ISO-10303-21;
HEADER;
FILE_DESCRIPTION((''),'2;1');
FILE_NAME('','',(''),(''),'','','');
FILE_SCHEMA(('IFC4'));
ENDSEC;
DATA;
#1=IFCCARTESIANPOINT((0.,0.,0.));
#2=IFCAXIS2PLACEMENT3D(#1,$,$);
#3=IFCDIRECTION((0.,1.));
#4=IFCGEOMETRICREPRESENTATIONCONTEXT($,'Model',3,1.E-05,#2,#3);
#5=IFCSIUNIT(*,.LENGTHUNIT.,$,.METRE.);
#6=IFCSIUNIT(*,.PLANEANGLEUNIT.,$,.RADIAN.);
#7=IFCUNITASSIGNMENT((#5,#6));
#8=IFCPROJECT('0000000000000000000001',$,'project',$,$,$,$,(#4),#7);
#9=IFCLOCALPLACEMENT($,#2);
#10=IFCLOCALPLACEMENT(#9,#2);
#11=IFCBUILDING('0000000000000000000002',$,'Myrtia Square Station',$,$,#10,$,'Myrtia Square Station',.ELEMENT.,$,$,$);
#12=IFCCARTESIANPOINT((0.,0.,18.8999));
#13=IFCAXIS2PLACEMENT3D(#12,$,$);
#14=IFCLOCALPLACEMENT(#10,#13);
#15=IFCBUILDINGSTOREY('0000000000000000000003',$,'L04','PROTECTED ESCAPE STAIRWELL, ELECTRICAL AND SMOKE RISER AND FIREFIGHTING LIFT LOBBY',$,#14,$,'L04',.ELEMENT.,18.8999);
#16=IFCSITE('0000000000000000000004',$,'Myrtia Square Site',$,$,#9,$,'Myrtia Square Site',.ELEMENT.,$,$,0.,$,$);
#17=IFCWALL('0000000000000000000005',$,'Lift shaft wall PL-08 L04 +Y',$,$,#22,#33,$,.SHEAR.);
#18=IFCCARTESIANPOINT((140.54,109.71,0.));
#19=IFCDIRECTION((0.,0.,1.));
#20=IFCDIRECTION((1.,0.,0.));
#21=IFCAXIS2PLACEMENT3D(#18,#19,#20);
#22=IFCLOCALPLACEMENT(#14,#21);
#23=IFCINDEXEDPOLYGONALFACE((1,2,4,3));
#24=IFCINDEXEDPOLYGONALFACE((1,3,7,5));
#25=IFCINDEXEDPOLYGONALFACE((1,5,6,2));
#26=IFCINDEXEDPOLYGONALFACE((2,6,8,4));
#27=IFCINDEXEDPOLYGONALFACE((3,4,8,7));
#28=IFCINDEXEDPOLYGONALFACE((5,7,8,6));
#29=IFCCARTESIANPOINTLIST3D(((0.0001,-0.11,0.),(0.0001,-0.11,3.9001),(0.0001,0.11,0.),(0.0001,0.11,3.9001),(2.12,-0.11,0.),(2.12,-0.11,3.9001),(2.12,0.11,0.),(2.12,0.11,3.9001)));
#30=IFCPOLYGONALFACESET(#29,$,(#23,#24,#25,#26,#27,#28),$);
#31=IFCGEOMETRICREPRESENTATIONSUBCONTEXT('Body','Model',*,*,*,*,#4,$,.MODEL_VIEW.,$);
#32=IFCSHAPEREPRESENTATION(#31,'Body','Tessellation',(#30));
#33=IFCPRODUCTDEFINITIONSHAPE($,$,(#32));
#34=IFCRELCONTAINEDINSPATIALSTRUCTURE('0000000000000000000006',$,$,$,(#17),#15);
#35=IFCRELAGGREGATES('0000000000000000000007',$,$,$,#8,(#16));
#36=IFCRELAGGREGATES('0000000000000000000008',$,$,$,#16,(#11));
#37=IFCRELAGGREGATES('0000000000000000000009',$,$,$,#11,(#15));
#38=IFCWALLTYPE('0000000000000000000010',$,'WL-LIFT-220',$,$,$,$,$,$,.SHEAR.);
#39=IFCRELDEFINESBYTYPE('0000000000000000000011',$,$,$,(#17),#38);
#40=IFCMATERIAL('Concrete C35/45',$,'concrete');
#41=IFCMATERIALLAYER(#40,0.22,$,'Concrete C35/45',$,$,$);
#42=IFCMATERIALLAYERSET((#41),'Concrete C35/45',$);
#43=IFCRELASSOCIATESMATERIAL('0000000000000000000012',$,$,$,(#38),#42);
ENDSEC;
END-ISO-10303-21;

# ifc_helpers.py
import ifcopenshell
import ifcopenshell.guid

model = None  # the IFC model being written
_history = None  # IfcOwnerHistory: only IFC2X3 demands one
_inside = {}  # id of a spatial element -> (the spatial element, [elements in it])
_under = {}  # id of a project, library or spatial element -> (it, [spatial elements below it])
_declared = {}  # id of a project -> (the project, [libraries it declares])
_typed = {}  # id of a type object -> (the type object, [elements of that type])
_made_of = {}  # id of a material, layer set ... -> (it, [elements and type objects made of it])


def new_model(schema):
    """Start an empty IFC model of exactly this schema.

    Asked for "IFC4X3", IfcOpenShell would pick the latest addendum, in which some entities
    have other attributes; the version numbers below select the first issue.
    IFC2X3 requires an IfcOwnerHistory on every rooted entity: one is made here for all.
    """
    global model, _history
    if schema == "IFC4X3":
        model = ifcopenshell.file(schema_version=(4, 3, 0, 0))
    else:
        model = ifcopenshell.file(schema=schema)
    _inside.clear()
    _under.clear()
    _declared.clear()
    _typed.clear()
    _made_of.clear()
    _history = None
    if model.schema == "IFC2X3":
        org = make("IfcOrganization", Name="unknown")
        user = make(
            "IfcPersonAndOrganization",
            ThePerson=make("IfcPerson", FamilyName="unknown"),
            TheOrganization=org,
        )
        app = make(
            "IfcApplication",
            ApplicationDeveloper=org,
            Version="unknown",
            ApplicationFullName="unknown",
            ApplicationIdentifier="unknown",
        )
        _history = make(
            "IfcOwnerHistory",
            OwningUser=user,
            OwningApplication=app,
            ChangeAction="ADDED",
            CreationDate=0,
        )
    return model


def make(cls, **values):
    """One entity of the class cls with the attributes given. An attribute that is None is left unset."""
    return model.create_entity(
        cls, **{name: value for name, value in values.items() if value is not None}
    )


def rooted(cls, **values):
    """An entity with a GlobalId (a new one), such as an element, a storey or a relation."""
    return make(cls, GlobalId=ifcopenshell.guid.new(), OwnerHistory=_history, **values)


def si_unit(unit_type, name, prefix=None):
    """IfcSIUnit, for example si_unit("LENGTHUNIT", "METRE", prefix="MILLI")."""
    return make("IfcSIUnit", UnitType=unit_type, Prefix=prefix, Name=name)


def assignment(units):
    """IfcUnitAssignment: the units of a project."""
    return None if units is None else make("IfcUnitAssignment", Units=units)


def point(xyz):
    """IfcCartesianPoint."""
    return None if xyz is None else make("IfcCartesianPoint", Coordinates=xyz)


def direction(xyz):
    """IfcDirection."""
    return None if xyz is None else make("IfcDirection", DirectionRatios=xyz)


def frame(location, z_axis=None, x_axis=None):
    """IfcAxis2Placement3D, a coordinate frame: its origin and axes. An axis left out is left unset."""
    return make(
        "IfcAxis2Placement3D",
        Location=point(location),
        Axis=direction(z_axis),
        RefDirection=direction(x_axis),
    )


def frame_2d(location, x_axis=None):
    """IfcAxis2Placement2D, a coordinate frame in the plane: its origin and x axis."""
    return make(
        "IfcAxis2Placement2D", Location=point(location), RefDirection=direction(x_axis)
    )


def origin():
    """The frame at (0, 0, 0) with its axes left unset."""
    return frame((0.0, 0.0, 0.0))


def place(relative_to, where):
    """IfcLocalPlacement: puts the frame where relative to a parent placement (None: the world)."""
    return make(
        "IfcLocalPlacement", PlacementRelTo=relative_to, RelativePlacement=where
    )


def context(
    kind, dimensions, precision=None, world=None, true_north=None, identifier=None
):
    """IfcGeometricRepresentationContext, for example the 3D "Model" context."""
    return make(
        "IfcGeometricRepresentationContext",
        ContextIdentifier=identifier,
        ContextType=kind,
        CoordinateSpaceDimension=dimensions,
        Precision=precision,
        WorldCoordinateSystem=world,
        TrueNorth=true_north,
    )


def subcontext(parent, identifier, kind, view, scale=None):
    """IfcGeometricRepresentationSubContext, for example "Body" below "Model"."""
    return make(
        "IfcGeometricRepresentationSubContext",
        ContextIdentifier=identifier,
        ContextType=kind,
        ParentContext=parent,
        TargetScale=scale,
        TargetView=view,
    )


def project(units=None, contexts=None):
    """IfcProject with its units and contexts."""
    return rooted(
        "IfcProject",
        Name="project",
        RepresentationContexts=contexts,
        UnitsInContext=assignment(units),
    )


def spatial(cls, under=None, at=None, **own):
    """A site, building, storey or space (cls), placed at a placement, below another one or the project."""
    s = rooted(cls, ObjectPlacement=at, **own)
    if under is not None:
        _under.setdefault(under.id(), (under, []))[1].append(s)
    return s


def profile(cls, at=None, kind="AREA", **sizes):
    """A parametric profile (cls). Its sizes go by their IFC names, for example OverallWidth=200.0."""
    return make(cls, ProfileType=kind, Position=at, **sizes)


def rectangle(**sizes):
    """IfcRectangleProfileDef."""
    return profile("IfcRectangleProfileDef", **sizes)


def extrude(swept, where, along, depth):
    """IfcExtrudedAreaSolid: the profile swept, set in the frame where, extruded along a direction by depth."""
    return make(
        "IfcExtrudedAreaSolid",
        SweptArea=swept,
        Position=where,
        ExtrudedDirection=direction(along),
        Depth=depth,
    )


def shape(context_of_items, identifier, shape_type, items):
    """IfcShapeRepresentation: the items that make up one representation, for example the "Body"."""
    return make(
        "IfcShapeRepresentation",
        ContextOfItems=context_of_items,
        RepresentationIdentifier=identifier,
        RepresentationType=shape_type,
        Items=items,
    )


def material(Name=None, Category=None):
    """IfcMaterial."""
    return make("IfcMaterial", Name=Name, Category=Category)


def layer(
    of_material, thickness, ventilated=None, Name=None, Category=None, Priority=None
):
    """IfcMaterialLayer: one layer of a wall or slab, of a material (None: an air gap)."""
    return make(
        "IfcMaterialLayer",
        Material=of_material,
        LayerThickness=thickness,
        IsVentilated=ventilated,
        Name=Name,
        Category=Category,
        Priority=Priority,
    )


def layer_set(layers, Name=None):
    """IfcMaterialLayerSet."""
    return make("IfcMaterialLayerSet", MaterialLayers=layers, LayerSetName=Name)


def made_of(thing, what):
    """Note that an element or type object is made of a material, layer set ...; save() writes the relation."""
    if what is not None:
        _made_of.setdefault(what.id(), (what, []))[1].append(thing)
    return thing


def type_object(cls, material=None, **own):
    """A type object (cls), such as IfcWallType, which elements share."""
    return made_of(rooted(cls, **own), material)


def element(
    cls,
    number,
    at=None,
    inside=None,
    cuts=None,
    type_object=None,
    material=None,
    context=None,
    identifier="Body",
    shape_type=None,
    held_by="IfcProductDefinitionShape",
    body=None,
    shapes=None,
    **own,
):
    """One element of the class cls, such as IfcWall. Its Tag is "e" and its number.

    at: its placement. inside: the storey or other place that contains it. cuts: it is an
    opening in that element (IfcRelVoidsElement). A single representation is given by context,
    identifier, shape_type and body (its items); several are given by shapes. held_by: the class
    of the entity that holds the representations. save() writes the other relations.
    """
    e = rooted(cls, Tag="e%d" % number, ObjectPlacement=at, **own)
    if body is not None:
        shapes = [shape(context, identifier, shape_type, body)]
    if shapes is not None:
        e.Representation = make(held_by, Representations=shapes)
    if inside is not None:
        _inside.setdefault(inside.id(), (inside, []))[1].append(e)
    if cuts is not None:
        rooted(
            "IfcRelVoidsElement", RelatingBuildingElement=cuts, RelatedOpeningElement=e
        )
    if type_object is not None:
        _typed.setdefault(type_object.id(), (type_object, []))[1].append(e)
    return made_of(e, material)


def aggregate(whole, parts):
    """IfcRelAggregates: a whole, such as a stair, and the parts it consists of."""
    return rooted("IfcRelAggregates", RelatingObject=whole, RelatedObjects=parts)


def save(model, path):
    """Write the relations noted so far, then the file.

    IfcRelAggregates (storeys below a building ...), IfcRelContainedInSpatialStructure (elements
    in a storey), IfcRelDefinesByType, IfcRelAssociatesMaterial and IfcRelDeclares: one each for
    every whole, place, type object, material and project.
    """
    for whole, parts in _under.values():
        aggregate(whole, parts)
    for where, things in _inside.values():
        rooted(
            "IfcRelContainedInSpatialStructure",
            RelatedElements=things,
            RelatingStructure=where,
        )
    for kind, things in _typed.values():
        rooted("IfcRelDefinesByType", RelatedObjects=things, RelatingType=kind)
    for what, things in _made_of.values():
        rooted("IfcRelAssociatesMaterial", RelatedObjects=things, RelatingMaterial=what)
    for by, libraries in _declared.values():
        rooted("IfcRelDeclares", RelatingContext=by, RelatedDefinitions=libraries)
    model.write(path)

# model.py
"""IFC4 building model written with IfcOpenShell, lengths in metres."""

from ifc_helpers import new_model, si_unit, direction, frame, frame_2d, origin, place, context, subcontext, project, spatial, rectangle, extrude, material, layer, layer_set, type_object, element, save


model = new_model("IFC4")

# Units and contexts
model_context = context("Model", 3, precision=1e-05, world=origin(), true_north=direction((0.0, 1.0)))
body_context = subcontext(model_context, "Body", "Model", "MODEL_VIEW")
ifc_project = project(units=[si_unit("LENGTHUNIT", "METRE"), si_unit("PLANEANGLEUNIT", "RADIAN")], contexts=[model_context])

# Site, building, storey
site_placement = place(None, origin())
site = spatial("IfcSite", under=ifc_project, at=site_placement, Name="Myrtia Square Site", LongName="Myrtia Square Site", CompositionType="ELEMENT", RefElevation=0.0)
building_placement = place(site_placement, origin())
building = spatial("IfcBuilding", under=site, at=building_placement, Name="Myrtia Square Station", LongName="Myrtia Square Station", CompositionType="ELEMENT")
storey_placement = place(building_placement, frame((0.0, 0.0, 18.8999)))
storey = spatial("IfcBuildingStorey", under=building, at=storey_placement, Name="L04", Description="PROTECTED ESCAPE STAIRWELL, ELECTRICAL AND SMOKE RISER AND FIREFIGHTING LIFT LOBBY", LongName="L04", CompositionType="ELEMENT", Elevation=18.8999)

# Shared definitions
ifc_material_1 = material(Name="Concrete C35/45", Category="concrete")

# Shared definitions
ifc_layer_1 = layer(ifc_material_1, 0.22, Name="Concrete C35/45")
ifc_layer_set_1 = layer_set([ifc_layer_1], Name="Concrete C35/45")
wall_type_1 = type_object("IfcWallType", Name="WL-LIFT-220", PredefinedType="SHEAR", material=ifc_layer_set_1)

# Wall
wall_1_placement = place(storey_placement, frame((140.54, 109.71, 0.0), z_axis=(0.0, 0.0, 1.0), x_axis=(1.0, 0.0, 0.0)))
element("IfcWall", 1, at=wall_1_placement, inside=storey, type_object=wall_type_1, Name="Lift shaft wall PL-08 L04 +Y", PredefinedType="SHEAR", context=body_context, shape_type="SweptSolid", body=[
    extrude(rectangle(XDim=2.1199, YDim=0.22, at=frame_2d((1.0601, 0.0))), origin(), (0.0, 0.0, 1.0), 3.9001),
])

save(model, "model.ifc")
